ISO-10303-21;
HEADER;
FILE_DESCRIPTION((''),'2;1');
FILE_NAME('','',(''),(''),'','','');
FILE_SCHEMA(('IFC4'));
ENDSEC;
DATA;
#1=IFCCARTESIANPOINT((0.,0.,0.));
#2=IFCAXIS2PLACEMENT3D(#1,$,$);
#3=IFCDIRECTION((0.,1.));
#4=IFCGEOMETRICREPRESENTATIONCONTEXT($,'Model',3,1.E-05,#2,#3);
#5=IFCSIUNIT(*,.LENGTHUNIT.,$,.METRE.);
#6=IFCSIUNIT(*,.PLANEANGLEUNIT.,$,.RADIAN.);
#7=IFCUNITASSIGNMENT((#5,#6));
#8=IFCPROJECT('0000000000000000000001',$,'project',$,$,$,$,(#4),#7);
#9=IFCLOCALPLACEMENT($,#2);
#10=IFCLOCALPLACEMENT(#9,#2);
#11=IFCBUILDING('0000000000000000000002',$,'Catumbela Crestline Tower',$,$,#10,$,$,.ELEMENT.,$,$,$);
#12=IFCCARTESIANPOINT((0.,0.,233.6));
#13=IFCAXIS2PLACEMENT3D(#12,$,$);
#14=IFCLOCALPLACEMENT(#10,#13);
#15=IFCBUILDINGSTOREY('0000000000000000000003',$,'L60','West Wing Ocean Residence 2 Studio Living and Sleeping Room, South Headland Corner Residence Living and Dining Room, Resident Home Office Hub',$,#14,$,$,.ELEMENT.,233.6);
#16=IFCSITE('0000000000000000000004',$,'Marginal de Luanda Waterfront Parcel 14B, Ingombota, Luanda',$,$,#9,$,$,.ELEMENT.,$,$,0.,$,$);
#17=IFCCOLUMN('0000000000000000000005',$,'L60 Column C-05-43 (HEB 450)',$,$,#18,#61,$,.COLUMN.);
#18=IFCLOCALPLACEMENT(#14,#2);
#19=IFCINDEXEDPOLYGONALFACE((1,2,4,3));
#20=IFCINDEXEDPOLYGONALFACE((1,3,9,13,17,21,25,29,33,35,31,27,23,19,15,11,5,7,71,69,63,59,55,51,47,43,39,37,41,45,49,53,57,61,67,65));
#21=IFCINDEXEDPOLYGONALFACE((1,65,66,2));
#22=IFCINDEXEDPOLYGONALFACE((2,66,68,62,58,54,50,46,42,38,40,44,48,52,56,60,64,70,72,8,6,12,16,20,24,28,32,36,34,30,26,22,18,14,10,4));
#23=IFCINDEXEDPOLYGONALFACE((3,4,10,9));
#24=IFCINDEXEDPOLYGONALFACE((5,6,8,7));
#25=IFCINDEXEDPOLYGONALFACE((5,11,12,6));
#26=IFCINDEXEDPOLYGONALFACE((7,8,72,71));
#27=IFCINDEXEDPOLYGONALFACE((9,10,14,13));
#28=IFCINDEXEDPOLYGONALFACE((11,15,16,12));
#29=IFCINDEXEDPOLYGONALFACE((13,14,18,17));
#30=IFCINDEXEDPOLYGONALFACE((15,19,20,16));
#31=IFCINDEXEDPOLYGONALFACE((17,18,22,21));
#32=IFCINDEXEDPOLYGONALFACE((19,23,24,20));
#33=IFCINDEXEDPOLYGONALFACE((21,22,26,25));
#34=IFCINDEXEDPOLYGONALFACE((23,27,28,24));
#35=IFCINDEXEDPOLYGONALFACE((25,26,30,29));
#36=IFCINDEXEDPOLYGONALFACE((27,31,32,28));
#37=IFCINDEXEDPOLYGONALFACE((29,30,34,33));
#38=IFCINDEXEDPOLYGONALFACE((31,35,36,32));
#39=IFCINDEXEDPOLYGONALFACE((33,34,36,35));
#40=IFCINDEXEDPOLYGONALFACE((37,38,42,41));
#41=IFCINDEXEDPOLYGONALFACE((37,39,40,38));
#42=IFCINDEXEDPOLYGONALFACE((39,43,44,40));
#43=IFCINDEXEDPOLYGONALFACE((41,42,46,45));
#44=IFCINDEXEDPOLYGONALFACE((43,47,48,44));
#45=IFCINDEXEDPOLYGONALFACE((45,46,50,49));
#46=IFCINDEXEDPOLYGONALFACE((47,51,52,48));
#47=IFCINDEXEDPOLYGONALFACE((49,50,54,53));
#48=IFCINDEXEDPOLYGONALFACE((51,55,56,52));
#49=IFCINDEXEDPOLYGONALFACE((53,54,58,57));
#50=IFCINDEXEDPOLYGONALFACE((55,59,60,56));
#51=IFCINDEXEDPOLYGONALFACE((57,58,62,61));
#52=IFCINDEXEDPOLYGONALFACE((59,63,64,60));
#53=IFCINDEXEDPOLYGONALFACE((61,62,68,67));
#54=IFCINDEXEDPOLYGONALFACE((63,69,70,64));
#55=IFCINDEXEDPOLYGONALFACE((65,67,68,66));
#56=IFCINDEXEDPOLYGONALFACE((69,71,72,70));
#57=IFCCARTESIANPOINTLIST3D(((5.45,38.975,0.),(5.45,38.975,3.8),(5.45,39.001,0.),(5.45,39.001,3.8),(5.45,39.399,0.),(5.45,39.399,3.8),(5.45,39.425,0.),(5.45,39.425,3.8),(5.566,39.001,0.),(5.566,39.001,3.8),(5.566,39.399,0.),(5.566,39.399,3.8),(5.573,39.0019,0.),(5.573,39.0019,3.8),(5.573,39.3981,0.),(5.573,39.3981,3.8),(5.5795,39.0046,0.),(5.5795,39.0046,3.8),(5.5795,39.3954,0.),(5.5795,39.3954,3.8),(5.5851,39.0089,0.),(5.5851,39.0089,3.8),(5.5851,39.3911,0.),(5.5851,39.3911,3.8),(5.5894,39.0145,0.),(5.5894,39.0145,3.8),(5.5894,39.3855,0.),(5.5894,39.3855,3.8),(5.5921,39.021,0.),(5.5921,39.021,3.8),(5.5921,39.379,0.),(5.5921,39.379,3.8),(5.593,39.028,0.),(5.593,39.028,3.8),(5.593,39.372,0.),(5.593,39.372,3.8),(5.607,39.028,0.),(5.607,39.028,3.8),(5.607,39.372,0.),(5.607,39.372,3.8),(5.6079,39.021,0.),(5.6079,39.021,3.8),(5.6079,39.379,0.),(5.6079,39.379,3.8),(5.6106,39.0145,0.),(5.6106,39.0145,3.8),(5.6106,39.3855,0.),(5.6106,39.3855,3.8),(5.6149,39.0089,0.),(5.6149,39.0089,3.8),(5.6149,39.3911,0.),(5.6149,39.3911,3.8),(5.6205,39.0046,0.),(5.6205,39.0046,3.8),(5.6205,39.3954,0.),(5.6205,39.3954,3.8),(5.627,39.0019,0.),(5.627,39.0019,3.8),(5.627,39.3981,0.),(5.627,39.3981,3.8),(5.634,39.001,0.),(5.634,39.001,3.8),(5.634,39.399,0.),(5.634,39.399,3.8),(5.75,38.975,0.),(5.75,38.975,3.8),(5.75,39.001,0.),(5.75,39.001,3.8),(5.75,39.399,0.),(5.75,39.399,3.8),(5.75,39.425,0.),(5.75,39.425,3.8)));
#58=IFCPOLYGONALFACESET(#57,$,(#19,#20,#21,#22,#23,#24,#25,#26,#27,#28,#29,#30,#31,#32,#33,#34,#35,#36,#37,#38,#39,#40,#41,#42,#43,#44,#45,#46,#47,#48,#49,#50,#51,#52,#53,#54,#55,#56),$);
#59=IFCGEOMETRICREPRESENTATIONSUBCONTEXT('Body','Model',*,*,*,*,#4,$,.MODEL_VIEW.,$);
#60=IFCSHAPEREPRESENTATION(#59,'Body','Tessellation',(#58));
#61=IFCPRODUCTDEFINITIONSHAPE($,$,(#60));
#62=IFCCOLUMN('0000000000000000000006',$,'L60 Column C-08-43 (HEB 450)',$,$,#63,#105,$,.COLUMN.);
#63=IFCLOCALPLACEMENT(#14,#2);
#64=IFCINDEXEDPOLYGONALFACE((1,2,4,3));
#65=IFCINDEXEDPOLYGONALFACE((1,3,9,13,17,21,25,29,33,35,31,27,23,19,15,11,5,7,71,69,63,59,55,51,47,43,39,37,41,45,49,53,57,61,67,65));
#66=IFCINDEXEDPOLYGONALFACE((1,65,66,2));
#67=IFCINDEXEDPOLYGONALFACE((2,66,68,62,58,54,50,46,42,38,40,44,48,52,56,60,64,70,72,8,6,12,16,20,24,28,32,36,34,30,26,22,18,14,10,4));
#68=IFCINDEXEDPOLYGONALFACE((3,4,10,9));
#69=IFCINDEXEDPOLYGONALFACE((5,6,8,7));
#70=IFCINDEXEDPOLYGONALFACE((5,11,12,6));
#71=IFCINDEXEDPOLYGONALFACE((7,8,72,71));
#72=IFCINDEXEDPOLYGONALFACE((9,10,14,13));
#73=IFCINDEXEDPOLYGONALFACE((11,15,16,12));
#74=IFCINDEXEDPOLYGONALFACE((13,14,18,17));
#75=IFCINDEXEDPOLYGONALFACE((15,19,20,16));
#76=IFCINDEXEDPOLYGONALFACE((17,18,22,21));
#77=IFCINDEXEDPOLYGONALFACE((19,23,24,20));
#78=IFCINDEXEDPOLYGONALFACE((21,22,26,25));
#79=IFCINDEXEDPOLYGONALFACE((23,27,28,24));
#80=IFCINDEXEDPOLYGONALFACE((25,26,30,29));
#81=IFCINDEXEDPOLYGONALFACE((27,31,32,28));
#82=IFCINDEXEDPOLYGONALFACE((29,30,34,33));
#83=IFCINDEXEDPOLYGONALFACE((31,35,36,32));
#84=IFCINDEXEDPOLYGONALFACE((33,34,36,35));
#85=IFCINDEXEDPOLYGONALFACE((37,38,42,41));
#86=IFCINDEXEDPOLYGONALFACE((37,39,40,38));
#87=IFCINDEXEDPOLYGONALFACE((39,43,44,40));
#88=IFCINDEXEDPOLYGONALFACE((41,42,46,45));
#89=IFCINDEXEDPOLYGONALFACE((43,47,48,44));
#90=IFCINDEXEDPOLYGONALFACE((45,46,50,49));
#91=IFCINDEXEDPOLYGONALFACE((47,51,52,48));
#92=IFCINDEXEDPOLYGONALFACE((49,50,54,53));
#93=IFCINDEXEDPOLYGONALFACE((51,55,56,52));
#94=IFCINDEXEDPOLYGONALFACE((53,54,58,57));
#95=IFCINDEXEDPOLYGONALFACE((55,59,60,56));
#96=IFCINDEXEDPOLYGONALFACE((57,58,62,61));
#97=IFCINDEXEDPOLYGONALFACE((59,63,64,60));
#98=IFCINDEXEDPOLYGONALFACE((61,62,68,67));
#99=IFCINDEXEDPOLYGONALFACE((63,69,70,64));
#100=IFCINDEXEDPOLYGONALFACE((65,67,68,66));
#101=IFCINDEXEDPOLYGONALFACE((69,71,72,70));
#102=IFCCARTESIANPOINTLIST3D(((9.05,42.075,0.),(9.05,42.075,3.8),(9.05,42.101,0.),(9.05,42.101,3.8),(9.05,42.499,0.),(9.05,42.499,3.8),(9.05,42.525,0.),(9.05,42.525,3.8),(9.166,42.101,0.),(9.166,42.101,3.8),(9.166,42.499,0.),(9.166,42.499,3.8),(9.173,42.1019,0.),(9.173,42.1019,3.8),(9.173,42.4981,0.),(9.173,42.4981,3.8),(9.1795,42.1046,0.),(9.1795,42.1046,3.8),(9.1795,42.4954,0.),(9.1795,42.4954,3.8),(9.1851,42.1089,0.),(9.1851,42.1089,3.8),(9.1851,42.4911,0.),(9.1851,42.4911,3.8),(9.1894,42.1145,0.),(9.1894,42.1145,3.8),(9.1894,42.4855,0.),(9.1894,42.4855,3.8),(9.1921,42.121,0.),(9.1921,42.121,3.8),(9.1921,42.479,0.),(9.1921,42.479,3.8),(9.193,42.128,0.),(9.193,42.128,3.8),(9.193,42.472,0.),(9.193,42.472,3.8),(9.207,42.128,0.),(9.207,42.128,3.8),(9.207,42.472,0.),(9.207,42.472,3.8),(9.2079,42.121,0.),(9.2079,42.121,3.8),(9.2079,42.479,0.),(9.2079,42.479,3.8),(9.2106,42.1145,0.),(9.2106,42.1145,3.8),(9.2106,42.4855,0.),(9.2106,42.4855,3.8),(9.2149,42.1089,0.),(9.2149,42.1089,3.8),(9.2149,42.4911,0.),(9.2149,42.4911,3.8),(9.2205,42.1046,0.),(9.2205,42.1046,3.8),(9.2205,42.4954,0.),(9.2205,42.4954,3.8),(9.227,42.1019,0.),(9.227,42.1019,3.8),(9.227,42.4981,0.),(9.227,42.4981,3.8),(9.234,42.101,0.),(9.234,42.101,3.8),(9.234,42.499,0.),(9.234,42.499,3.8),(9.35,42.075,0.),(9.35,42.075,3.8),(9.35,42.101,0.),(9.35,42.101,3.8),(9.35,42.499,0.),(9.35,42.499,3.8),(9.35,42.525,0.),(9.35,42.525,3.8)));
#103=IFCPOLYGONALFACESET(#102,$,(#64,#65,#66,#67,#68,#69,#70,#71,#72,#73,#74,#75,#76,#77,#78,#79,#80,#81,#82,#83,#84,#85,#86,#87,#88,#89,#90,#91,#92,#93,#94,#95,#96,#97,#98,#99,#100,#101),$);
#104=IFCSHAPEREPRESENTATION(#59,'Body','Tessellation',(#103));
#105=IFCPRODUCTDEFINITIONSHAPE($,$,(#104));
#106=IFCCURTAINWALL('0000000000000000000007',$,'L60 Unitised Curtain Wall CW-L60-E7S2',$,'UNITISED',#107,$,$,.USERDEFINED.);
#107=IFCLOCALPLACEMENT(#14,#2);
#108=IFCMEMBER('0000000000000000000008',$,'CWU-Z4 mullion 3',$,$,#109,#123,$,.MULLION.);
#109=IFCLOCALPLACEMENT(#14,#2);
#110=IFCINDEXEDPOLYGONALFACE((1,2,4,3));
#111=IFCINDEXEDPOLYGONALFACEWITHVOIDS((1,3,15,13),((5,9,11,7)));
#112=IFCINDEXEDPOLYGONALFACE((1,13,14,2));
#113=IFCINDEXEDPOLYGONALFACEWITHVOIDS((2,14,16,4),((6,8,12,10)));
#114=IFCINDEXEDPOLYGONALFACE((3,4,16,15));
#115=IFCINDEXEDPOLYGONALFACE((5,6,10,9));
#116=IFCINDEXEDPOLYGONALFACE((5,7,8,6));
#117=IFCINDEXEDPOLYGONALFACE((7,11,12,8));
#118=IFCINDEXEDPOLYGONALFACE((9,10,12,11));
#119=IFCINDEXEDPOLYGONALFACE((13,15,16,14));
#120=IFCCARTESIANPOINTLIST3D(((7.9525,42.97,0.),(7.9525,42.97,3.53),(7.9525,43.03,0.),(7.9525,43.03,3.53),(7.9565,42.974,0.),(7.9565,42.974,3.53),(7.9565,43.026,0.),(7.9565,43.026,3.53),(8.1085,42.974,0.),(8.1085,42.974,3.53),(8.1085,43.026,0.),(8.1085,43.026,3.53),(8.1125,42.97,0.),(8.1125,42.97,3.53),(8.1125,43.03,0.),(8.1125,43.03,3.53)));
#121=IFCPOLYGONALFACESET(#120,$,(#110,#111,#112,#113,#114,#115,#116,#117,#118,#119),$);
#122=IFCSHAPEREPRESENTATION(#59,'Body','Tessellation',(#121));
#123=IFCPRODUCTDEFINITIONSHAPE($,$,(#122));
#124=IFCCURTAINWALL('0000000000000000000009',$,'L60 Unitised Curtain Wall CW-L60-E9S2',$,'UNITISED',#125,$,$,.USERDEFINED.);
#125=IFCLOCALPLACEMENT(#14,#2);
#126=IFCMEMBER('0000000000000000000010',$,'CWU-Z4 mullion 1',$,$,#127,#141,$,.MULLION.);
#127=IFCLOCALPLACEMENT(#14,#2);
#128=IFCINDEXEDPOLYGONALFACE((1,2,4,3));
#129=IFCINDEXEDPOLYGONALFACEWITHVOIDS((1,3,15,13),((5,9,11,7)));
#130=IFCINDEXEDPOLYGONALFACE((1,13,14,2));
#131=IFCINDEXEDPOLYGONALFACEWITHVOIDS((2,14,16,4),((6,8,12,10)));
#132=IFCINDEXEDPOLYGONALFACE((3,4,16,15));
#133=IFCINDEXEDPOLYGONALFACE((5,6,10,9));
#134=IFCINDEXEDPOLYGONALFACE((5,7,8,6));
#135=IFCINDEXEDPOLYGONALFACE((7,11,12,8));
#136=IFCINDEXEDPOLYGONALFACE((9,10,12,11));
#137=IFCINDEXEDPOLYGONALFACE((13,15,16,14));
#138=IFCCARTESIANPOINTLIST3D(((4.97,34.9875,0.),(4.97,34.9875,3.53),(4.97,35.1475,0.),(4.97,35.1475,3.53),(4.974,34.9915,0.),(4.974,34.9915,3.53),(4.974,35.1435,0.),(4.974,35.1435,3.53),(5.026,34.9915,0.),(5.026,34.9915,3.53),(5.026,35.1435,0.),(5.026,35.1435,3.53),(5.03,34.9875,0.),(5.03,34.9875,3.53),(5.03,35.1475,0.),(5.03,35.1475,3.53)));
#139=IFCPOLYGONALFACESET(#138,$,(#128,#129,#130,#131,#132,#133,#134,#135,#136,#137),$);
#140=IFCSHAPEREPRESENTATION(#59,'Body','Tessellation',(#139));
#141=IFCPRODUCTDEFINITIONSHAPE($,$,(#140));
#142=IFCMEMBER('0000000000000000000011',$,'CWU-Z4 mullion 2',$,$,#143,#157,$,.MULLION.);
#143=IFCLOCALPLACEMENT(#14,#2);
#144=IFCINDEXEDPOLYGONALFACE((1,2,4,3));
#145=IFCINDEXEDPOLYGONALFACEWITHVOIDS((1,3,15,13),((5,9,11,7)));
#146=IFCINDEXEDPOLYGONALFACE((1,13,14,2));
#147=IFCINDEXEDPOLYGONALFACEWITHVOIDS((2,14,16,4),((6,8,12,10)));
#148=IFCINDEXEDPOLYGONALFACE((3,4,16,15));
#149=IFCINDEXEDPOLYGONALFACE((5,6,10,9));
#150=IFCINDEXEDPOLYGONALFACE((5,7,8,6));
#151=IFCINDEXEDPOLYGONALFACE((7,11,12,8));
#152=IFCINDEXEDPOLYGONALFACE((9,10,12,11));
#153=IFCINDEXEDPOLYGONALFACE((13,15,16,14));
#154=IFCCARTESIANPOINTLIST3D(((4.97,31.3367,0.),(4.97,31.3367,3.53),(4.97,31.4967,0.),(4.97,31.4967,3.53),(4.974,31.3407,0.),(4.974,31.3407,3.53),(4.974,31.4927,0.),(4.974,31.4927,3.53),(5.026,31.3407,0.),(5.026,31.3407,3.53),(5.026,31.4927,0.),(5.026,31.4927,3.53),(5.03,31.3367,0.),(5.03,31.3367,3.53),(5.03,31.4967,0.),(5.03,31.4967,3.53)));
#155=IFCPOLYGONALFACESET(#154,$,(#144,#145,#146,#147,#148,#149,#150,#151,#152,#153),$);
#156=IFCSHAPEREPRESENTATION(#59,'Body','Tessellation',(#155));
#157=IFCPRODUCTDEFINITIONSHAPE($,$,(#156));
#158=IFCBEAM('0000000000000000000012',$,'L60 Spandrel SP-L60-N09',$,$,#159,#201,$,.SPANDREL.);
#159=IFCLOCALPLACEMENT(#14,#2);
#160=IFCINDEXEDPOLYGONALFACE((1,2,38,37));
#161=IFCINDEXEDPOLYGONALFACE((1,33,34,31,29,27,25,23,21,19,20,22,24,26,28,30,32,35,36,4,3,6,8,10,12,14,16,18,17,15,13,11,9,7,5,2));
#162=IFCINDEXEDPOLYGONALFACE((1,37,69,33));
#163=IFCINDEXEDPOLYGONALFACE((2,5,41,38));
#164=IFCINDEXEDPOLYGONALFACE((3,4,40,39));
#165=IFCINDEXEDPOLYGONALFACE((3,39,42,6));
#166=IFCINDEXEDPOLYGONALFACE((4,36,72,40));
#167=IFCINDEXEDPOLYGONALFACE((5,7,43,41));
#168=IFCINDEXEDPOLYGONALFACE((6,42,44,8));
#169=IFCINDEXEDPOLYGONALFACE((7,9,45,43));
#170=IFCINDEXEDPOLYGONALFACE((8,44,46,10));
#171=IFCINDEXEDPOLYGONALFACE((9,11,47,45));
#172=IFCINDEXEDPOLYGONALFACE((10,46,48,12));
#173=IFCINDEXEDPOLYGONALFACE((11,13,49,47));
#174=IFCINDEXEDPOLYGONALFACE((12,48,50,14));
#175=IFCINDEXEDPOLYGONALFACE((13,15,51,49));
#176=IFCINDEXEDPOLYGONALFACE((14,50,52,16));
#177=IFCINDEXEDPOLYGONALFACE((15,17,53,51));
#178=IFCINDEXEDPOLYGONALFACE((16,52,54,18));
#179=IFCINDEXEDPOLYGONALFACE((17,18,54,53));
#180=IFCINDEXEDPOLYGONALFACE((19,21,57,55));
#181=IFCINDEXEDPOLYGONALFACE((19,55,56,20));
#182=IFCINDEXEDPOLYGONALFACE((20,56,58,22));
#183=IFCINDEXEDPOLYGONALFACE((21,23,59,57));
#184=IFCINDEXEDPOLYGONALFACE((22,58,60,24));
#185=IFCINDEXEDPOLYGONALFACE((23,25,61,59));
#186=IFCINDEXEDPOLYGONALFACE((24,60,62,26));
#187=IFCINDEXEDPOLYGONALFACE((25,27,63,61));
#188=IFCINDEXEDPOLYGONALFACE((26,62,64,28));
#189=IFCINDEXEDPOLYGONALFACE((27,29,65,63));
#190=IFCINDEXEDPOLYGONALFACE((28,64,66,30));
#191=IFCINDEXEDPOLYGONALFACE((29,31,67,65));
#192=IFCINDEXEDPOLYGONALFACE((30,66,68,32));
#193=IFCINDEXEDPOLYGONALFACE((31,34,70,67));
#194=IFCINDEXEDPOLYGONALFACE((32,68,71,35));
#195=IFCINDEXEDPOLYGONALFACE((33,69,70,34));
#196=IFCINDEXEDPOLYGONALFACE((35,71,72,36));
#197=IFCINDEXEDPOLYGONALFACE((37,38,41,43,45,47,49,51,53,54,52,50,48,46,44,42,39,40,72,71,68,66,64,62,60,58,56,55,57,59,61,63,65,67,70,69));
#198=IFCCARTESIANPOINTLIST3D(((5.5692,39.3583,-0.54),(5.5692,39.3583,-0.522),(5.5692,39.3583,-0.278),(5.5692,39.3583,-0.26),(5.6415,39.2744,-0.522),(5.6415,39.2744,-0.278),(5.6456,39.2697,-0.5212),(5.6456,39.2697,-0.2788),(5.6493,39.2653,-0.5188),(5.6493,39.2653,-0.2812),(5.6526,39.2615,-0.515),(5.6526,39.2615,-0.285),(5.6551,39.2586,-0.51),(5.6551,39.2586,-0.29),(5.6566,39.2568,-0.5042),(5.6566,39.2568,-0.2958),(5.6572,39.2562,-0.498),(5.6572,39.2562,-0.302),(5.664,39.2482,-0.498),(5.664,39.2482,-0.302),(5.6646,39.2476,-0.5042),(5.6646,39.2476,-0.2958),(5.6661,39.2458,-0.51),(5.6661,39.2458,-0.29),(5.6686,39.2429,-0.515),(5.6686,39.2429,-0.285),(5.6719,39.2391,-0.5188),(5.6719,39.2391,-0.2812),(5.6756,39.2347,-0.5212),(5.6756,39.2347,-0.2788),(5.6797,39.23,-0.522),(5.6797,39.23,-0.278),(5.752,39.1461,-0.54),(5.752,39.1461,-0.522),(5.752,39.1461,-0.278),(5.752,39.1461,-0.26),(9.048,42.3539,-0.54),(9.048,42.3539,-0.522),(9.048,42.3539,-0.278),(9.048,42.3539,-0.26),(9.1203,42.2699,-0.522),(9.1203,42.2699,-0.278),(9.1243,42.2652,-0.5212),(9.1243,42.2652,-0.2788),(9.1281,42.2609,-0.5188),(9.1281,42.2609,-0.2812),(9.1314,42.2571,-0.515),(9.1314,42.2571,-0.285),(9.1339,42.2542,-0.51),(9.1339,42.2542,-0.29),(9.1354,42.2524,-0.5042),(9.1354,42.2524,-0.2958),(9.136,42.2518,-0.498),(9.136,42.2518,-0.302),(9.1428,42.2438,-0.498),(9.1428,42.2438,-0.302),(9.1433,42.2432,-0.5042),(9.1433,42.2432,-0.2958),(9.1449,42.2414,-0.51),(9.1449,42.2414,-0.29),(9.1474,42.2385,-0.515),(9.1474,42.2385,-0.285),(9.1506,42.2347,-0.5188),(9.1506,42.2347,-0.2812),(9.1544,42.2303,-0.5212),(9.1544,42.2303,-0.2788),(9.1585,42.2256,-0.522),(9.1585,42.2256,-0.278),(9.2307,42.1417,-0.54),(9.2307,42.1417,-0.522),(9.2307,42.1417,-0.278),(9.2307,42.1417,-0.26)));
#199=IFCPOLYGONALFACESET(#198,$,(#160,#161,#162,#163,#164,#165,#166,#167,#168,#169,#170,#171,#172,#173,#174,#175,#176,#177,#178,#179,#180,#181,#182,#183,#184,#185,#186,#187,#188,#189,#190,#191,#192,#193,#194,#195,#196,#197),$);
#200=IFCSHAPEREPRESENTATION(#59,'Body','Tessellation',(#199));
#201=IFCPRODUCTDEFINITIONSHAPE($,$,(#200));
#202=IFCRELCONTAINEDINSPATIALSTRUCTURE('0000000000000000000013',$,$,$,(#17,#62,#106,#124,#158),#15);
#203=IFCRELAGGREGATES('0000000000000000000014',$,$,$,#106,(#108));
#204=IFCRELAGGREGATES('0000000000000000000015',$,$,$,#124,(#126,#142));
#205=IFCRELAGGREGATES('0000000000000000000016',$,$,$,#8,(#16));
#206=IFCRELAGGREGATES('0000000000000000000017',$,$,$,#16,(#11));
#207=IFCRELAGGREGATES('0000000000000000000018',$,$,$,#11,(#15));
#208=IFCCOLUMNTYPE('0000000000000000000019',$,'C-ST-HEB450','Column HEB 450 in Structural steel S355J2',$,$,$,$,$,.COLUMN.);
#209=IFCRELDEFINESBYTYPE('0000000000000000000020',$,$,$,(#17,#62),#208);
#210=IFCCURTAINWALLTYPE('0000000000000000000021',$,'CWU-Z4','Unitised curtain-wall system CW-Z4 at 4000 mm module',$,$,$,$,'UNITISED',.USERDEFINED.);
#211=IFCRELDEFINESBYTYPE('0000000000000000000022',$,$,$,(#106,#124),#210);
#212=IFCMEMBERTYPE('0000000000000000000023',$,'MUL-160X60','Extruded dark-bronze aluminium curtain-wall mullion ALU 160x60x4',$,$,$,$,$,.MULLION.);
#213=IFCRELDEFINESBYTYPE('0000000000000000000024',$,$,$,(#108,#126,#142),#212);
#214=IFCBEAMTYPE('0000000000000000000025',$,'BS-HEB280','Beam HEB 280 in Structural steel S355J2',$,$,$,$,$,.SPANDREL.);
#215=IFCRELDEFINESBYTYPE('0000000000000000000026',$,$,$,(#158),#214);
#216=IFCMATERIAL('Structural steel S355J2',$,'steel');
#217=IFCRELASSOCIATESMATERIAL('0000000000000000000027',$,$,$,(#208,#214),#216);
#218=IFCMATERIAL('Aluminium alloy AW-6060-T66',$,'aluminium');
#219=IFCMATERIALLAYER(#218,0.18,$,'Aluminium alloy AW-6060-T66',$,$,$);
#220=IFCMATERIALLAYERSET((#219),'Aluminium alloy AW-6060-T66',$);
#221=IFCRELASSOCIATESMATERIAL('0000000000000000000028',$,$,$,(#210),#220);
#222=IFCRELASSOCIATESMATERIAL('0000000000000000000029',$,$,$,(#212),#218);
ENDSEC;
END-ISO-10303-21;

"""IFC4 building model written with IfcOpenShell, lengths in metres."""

from ifc_helpers import new_model, si_unit, direction, frame, origin, origin_2d, place, context, subcontext, project, spatial, hollow_rectangle, i_section, extrude, material, layer, layer_set, material_profile, profile_set, type_object, element, aggregate, save


model = new_model("IFC4")

# Units and contexts
model_context = context("Model", 3, precision=1e-05, world=origin(), true_north=direction((0.0, 1.0)))
body_context = subcontext(model_context, "Body", "Model", "MODEL_VIEW")
ifc_project = project(units=[si_unit("LENGTHUNIT", "METRE"), si_unit("PLANEANGLEUNIT", "RADIAN")], contexts=[model_context])

# Site, building, storey
site_placement = place(None, origin())
site = spatial("IfcSite", under=ifc_project, at=site_placement, Name="Marginal de Luanda Waterfront Parcel 14B, Ingombota, Luanda", CompositionType="ELEMENT", RefElevation=0.0)
building_placement = place(site_placement, origin())
building = spatial("IfcBuilding", under=site, at=building_placement, Name="Catumbela Crestline Tower", CompositionType="ELEMENT")
storey_placement = place(building_placement, frame((0.0, 0.0, 233.6)))
storey = spatial("IfcBuildingStorey", under=building, at=storey_placement, Name="L60", Description="West Wing Ocean Residence 2 Studio Living and Sleeping Room, South Headland Corner Residence Living and Dining Room, Resident Home Office Hub", CompositionType="ELEMENT", Elevation=233.6)

# Columns
ifc_material_1 = material(Name="Structural steel S355J2", Category="steel")
ifc_material_profile_1 = material_profile(ifc_material_1, i_section(OverallWidth=0.3, OverallDepth=0.45, WebThickness=0.014, FlangeThickness=0.026, FilletRadius=0.027, at=origin_2d()), Name="HEB 450")
ifc_profile_set_1 = profile_set([ifc_material_profile_1], Name="Structural steel S355J2")
column_type = type_object("IfcColumnType", Name="C-ST-HEB450", Description="Column HEB 450 in Structural steel S355J2", PredefinedType="COLUMN", material=ifc_profile_set_1)
for number, where, z_axis, x_axis, name in (
    (1, (5.6, 39.2, 0.0), (0.0, 0.0, 1.0), (1.0, 0.0, 0.0), "L60 Column C-05-43 (HEB 450)"),
    (2, (9.2, 42.3, 0.0), (0.0, 0.0, 1.0), (1.0, 0.0, 0.0), "L60 Column C-08-43 (HEB 450)"),
):
    element("IfcColumn", number, at=place(storey_placement, frame(where, z_axis=z_axis, x_axis=x_axis)), inside=storey, type_object=column_type, Name=name, PredefinedType="COLUMN", context=body_context, shape_type="SweptSolid", body=[
        extrude(i_section(OverallWidth=0.3, OverallDepth=0.45, WebThickness=0.014, FlangeThickness=0.026, FilletRadius=0.027, at=origin_2d()), origin(), (0.0, 0.0, 1.0), 3.8),
    ])

# Curtain wall, member
ifc_material_2 = material(Name="Aluminium alloy AW-6060-T66", Category="aluminium")
ifc_layer_1 = layer(ifc_material_2, 0.18, Name="Aluminium alloy AW-6060-T66")
ifc_layer_set_1 = layer_set([ifc_layer_1], Name="Aluminium alloy AW-6060-T66")
curtain_wall_type = type_object("IfcCurtainWallType", Name="CWU-Z4", Description="Unitised curtain-wall system CW-Z4 at 4000 mm module", ElementType="UNITISED", PredefinedType="USERDEFINED", material=ifc_layer_set_1)
curtain_wall_1_placement = place(storey_placement, origin())
curtain_wall_1 = element("IfcCurtainWall", 3, at=curtain_wall_1_placement, inside=storey, type_object=curtain_wall_type, Name="L60 Unitised Curtain Wall CW-L60-E7S2", ObjectType="UNITISED", PredefinedType="USERDEFINED")
ifc_material_profile_2 = material_profile(ifc_material_2, hollow_rectangle(XDim=0.06, YDim=0.16, WallThickness=0.004, at=origin_2d()), Name="ALU 160x60x4")
ifc_profile_set_2 = profile_set([ifc_material_profile_2], Name="Aluminium alloy AW-6060-T66")
member_type_1 = type_object("IfcMemberType", Name="MUL-160X60", Description="Extruded dark-bronze aluminium curtain-wall mullion ALU 160x60x4", PredefinedType="MULLION", material=ifc_profile_set_2)
member_1_placement = place(storey_placement, frame((8.0325, 43.0, 0.0), z_axis=(0.0, 0.0, 1.0), x_axis=(0.0, -1.0, 0.0)))
member_1 = element("IfcMember", 4, at=member_1_placement, type_object=member_type_1, Name="CWU-Z4 mullion 3", PredefinedType="MULLION", context=body_context, shape_type="SweptSolid", body=[
    extrude(hollow_rectangle(XDim=0.06, YDim=0.16, WallThickness=0.004, at=origin_2d()), origin(), (0.0, 0.0, 1.0), 3.53),
])
aggregate(curtain_wall_1, [member_1])

# Curtain wall, members
curtain_wall_2_placement = place(storey_placement, origin())
curtain_wall_2 = element("IfcCurtainWall", 5, at=curtain_wall_2_placement, inside=storey, type_object=curtain_wall_type, Name="L60 Unitised Curtain Wall CW-L60-E9S2", ObjectType="UNITISED", PredefinedType="USERDEFINED")
member_2_placement = place(storey_placement, frame((5.0, 35.0675, 0.0), z_axis=(0.0, 0.0, 1.0), x_axis=(1.0, 0.0, 0.0)))
member_2 = element("IfcMember", 6, at=member_2_placement, type_object=member_type_1, Name="CWU-Z4 mullion 1", PredefinedType="MULLION", context=body_context, shape_type="SweptSolid", body=[
    extrude(hollow_rectangle(XDim=0.06, YDim=0.16, WallThickness=0.004, at=origin_2d()), origin(), (0.0, 0.0, 1.0), 3.53),
])
member_3_placement = place(storey_placement, frame((5.0, 31.4167, 0.0), z_axis=(0.0, 0.0, 1.0), x_axis=(1.0, 0.0, 0.0)))
member_3 = element("IfcMember", 7, at=member_3_placement, type_object=member_type_1, Name="CWU-Z4 mullion 2", PredefinedType="MULLION", context=body_context, shape_type="SweptSolid", body=[
    extrude(hollow_rectangle(XDim=0.06, YDim=0.16, WallThickness=0.004, at=origin_2d()), origin(), (0.0, 0.0, 1.0), 3.53),
])

# Beam
ifc_material_profile_3 = material_profile(ifc_material_1, i_section(OverallWidth=0.28, OverallDepth=0.28, WebThickness=0.0105, FlangeThickness=0.018, FilletRadius=0.024, at=origin_2d()), Name="HEB 280")
ifc_profile_set_3 = profile_set([ifc_material_profile_3], Name="Structural steel S355J2")
beam_type = type_object("IfcBeamType", Name="BS-HEB280", Description="Beam HEB 280 in Structural steel S355J2", PredefinedType="SPANDREL", material=ifc_profile_set_3)
beam_placement = place(storey_placement, frame((5.6606, 39.2522, -0.4), z_axis=(0.757772, 0.652519, 0.0), x_axis=(-0.652519, 0.757772, 0.0)))
element("IfcBeam", 8, at=beam_placement, inside=storey, type_object=beam_type, Name="L60 Spandrel SP-L60-N09", PredefinedType="SPANDREL", context=body_context, shape_type="SweptSolid", body=[
    extrude(i_section(OverallWidth=0.28, OverallDepth=0.28, WebThickness=0.0105, FlangeThickness=0.018, FilletRadius=0.024, at=origin_2d()), origin(), (0.0, 0.0, 1.0), 4.5908),
])

aggregate(curtain_wall_2, [member_2, member_3])

save(model, "model.ifc")
